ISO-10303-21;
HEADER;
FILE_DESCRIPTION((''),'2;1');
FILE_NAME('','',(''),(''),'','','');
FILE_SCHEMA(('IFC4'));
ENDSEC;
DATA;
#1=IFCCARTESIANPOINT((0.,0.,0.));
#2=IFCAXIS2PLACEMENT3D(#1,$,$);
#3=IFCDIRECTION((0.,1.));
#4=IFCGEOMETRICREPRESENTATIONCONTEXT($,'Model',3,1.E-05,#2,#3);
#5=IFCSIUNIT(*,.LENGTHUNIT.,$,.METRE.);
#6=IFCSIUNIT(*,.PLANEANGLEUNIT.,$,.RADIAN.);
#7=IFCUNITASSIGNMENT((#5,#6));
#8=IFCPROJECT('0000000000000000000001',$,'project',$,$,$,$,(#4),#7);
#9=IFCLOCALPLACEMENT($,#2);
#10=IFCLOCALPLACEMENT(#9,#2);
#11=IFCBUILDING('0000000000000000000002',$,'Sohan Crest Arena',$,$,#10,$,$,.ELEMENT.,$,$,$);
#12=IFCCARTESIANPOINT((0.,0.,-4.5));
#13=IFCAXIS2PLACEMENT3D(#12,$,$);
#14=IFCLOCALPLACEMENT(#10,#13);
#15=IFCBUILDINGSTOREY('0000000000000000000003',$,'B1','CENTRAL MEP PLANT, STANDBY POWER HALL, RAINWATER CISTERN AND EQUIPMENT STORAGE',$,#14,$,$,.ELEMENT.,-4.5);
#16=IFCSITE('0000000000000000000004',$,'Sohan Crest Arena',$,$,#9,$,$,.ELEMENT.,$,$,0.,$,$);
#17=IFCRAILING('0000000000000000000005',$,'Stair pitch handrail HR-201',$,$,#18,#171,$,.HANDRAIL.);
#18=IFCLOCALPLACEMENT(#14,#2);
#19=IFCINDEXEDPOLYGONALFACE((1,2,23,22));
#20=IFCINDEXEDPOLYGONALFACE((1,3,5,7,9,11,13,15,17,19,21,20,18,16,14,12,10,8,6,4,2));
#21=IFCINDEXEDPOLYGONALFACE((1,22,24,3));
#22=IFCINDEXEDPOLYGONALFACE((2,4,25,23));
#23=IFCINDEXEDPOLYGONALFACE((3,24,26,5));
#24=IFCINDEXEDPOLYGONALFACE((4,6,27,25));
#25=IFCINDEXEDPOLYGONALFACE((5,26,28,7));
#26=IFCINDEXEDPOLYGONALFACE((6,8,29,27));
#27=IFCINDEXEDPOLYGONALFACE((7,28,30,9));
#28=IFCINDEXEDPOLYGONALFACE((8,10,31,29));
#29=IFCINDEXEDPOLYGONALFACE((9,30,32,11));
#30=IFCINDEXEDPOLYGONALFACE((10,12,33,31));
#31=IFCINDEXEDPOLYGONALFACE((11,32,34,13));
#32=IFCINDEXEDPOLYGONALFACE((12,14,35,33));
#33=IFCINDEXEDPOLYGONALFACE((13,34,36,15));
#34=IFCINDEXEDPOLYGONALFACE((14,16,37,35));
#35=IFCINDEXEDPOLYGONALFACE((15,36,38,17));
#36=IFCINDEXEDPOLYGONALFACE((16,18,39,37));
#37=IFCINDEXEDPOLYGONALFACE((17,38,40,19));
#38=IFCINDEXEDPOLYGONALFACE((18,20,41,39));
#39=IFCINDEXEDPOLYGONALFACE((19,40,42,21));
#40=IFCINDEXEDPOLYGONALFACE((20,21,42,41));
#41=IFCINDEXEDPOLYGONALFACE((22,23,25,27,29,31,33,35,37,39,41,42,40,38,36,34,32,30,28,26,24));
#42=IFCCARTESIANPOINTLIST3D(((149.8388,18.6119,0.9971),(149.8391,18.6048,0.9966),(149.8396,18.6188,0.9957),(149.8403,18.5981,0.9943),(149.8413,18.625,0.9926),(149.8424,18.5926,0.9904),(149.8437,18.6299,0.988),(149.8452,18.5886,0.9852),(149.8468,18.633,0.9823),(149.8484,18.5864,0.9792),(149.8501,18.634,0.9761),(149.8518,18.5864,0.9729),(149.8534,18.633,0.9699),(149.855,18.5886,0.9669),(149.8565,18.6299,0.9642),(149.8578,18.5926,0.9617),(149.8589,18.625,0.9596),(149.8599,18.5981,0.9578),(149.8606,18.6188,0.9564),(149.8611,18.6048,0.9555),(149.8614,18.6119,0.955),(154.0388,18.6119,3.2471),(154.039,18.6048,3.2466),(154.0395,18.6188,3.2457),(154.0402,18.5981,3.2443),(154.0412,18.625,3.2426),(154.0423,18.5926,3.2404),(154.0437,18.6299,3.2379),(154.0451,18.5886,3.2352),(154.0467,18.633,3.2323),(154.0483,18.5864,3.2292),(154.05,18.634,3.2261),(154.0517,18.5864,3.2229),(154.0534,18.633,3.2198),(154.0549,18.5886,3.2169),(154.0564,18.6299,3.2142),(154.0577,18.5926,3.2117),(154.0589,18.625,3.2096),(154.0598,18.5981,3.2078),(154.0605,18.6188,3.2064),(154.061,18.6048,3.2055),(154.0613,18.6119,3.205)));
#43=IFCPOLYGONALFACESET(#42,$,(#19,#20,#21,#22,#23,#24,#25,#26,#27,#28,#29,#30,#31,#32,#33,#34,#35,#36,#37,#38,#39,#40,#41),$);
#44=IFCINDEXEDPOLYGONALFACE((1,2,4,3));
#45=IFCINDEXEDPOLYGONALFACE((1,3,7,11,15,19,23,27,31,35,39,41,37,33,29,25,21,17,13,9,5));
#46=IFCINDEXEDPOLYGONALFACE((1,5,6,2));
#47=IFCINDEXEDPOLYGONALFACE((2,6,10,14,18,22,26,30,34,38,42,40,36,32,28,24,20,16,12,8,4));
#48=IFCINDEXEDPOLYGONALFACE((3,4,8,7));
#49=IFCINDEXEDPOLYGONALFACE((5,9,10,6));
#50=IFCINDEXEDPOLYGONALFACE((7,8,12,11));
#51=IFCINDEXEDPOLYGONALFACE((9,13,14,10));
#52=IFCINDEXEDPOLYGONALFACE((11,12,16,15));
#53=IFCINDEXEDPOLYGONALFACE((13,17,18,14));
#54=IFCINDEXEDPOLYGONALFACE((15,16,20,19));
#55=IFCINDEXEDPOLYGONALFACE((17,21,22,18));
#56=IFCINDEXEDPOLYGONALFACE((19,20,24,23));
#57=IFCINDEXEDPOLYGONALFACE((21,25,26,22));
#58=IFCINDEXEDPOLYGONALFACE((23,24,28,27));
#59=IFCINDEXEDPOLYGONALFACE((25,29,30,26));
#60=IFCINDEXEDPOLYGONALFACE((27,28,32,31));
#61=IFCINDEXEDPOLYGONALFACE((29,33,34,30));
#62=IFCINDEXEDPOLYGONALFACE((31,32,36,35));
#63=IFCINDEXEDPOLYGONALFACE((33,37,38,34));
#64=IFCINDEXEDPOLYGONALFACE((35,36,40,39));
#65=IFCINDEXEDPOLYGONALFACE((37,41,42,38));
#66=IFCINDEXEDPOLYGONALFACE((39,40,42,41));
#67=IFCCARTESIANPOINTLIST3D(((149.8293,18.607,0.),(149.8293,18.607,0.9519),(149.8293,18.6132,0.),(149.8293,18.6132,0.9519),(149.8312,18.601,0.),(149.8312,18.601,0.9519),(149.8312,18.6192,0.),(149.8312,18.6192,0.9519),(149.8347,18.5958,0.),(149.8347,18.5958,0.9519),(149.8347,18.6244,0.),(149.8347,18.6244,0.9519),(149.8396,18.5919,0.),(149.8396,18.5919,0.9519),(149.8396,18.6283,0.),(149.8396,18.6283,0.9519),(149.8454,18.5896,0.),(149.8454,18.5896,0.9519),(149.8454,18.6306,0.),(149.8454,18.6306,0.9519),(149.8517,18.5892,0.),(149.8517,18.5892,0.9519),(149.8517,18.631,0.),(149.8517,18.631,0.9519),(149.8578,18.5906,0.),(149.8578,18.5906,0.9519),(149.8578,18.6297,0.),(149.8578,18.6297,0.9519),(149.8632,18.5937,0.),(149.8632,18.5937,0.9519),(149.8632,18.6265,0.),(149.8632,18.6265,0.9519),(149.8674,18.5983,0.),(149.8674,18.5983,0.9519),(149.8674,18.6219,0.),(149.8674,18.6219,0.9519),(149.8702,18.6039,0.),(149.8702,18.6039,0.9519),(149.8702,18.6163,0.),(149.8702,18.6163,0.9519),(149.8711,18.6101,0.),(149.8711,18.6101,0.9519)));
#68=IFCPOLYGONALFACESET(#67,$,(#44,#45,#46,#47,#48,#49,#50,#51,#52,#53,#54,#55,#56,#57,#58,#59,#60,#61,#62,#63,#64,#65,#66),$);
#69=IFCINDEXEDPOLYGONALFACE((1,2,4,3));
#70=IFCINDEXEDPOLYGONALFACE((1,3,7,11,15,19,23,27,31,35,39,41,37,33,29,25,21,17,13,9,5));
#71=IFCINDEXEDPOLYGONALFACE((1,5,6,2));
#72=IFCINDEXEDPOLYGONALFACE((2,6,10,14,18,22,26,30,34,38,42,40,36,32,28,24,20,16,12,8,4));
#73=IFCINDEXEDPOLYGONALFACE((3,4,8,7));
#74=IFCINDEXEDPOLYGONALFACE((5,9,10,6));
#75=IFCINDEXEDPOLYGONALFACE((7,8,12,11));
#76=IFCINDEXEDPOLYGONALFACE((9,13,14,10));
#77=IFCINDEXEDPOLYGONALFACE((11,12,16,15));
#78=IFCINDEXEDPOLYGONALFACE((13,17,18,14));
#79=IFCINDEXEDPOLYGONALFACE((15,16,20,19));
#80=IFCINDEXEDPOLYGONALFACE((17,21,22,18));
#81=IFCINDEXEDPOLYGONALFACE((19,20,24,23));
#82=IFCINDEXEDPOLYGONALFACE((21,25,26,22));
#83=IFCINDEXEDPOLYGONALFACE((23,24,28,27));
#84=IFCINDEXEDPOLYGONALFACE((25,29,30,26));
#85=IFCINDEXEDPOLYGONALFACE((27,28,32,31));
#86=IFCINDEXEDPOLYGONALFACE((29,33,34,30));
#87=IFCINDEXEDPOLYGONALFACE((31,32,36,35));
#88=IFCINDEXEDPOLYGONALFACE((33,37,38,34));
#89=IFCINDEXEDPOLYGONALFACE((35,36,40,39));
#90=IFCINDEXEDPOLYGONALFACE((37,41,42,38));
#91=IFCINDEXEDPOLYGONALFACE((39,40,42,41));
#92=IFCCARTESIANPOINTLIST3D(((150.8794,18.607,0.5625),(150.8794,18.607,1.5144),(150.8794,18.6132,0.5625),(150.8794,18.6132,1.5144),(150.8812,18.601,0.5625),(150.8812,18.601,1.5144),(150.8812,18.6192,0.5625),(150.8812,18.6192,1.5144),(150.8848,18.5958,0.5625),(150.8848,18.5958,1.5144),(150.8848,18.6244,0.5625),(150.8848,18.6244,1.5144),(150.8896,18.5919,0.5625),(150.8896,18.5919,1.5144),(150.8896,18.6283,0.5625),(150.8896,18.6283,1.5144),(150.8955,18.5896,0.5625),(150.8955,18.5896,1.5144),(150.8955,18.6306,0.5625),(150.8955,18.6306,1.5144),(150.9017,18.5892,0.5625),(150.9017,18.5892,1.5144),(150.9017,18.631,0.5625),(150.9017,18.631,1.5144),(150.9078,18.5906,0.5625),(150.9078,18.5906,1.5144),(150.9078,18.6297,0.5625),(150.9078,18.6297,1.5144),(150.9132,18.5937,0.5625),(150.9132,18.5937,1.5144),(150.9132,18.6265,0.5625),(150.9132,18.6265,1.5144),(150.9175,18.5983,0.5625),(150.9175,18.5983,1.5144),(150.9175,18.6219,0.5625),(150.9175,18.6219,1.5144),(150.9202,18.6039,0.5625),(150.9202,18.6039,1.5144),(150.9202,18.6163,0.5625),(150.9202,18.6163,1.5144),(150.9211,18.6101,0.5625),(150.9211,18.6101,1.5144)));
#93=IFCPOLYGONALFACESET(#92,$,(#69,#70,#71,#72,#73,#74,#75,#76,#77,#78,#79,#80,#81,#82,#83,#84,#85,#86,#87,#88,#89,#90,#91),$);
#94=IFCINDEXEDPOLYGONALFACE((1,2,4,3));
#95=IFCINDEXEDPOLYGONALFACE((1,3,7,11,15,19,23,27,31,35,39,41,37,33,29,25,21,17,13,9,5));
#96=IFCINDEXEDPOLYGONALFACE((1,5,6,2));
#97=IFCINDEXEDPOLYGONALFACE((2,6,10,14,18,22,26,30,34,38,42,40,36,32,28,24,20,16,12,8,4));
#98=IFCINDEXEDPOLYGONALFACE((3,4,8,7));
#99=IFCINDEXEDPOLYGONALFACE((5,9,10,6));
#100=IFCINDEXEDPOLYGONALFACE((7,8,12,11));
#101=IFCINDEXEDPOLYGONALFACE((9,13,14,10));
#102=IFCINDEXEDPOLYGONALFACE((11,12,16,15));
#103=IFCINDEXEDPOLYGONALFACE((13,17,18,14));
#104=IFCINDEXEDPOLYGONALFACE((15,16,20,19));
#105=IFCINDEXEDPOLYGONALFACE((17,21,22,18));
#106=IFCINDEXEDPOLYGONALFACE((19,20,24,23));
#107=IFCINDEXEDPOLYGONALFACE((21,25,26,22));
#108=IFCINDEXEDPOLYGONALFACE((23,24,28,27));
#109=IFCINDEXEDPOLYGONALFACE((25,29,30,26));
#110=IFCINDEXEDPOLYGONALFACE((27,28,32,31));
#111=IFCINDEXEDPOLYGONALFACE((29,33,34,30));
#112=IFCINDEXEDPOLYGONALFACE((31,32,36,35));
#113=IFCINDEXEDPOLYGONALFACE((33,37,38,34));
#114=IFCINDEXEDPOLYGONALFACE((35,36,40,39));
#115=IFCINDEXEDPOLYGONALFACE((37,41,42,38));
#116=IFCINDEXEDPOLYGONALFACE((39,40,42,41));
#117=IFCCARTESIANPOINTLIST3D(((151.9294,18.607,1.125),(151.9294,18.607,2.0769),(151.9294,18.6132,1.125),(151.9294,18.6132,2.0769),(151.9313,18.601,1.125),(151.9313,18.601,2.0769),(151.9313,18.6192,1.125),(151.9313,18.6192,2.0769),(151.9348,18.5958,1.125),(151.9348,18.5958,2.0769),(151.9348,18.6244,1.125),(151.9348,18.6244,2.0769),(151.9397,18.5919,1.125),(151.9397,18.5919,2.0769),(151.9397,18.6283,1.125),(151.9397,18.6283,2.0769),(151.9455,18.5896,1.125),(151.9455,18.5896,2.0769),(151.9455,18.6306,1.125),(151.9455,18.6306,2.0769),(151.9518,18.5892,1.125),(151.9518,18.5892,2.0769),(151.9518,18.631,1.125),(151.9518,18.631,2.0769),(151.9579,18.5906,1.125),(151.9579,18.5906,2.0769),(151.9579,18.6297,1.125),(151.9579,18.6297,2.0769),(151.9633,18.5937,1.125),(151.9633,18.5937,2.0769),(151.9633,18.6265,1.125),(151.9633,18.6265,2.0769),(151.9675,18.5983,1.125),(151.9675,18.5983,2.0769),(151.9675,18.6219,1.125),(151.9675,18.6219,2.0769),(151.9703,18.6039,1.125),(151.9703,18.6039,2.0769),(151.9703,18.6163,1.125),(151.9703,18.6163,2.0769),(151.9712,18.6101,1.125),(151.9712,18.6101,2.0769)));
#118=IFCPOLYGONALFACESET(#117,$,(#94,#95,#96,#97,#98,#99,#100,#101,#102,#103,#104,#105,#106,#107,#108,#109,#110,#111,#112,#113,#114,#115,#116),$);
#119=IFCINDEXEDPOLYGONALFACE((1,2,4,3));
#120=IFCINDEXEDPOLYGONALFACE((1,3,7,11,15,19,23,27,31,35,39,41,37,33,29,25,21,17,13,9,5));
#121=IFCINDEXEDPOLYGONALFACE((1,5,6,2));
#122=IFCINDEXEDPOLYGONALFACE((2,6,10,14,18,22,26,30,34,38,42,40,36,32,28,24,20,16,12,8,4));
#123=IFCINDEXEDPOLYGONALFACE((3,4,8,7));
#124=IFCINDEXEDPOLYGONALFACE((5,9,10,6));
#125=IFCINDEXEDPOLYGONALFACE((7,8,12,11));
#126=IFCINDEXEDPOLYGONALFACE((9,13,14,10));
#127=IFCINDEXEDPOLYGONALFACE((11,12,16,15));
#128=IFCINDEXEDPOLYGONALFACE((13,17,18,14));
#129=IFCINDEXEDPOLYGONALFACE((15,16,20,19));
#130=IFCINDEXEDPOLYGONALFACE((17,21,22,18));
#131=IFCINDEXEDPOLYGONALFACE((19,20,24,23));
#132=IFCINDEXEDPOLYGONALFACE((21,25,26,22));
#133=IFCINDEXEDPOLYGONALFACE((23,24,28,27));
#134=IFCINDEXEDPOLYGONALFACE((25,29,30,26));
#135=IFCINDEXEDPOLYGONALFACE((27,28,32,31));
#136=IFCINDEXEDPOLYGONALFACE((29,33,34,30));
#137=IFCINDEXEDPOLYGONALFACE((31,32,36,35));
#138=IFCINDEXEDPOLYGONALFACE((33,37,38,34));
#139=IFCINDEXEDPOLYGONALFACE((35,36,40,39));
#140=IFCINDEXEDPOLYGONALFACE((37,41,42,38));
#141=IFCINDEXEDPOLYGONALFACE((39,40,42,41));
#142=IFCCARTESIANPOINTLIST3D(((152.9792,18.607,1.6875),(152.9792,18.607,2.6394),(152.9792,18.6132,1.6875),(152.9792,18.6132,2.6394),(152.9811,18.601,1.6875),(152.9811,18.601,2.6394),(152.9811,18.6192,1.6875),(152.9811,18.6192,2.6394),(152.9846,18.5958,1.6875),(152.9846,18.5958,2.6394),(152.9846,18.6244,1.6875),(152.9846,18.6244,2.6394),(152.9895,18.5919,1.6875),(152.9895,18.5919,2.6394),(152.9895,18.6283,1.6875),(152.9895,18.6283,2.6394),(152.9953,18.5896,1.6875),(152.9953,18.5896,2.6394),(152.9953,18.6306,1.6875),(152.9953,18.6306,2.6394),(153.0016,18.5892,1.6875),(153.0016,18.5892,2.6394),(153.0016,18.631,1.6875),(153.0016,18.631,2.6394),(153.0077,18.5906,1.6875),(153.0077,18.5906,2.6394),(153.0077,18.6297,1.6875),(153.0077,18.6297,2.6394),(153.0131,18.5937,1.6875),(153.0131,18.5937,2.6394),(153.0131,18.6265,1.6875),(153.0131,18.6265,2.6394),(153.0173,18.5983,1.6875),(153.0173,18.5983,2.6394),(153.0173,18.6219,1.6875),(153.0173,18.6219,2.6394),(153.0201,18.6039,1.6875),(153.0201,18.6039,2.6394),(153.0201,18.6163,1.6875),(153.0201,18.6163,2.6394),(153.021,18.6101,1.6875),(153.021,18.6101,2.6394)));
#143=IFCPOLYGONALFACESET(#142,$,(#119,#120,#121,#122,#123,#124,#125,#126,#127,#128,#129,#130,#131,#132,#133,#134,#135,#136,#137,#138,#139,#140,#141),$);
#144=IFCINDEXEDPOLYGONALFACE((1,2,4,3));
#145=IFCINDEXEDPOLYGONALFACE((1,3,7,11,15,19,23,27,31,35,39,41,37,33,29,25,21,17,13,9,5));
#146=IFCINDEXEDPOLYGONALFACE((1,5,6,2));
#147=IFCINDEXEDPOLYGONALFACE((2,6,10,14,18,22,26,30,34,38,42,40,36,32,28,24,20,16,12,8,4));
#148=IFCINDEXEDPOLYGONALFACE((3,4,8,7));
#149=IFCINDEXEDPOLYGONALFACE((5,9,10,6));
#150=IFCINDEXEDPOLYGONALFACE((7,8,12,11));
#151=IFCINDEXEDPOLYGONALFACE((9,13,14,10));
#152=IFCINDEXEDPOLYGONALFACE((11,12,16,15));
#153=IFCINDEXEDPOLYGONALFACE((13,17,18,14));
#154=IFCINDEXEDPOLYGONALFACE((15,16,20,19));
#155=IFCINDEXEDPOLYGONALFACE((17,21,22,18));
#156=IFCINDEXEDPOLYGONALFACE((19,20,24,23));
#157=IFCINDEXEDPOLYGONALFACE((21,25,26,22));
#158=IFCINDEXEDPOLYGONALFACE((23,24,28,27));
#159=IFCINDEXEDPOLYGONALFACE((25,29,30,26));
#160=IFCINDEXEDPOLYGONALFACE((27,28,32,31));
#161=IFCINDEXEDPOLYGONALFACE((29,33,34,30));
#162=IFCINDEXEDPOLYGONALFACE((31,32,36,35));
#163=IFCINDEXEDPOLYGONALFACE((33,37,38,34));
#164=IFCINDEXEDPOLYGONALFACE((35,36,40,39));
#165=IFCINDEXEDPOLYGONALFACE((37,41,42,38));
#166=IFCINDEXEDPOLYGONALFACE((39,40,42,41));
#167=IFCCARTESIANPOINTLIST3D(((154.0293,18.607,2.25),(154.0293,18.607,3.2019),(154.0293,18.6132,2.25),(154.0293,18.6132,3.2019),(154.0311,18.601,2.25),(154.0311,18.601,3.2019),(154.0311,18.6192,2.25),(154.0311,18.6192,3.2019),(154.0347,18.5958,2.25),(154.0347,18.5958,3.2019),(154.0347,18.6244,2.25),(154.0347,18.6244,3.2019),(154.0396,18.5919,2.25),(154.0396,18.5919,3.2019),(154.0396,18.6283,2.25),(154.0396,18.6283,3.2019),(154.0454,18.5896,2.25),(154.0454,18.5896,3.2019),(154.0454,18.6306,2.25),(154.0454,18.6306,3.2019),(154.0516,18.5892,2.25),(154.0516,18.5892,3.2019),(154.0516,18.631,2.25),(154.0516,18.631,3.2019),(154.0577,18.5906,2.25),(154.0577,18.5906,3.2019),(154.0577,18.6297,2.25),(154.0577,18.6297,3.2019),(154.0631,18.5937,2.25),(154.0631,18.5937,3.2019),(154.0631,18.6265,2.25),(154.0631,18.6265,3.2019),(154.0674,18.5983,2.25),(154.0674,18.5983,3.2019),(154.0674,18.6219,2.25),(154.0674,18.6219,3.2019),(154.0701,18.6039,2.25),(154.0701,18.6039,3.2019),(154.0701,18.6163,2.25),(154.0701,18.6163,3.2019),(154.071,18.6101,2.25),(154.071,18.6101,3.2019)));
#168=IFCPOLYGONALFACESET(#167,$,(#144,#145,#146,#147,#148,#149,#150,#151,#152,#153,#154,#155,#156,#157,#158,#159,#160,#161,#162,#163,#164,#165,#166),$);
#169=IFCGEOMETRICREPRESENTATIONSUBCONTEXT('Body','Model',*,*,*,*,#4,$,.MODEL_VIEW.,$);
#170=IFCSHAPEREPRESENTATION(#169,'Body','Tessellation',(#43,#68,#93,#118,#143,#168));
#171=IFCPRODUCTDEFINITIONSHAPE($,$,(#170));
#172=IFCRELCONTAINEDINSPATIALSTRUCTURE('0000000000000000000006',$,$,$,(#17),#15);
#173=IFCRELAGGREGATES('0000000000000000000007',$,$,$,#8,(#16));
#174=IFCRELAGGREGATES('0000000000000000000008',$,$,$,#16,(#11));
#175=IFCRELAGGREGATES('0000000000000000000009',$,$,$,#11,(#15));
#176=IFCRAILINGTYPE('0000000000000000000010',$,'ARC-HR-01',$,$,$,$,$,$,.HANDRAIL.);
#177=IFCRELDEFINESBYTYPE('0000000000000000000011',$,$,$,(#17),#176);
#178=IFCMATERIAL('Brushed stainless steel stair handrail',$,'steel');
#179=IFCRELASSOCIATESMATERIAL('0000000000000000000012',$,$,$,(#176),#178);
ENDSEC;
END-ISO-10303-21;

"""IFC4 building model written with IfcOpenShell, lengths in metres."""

from ifc_helpers import new_model, si_unit, direction, frame, origin, origin_2d, place, context, subcontext, project, spatial, circle, extrude, material, type_object, element, save


model = new_model("IFC4")

# Units and contexts
model_context = context("Model", 3, precision=1e-05, world=origin(), true_north=direction((0.0, 1.0)))
body_context = subcontext(model_context, "Body", "Model", "MODEL_VIEW")
ifc_project = project(units=[si_unit("LENGTHUNIT", "METRE"), si_unit("PLANEANGLEUNIT", "RADIAN")], contexts=[model_context])

# Site, building, storey
site_placement = place(None, origin())
site = spatial("IfcSite", under=ifc_project, at=site_placement, Name="Sohan Crest Arena", CompositionType="ELEMENT", RefElevation=0.0)
building_placement = place(site_placement, origin())
building = spatial("IfcBuilding", under=site, at=building_placement, Name="Sohan Crest Arena", CompositionType="ELEMENT")
storey_placement = place(building_placement, frame((0.0, 0.0, -4.5)))
storey = spatial("IfcBuildingStorey", under=building, at=storey_placement, Name="B1", Description="CENTRAL MEP PLANT, STANDBY POWER HALL, RAINWATER CISTERN AND EQUIPMENT STORAGE", CompositionType="ELEMENT", Elevation=-4.5)

# Railing
ifc_material_1 = material(Name="Brushed stainless steel stair handrail", Category="steel")
railing_type_1 = type_object("IfcRailingType", Name="ARC-HR-01", PredefinedType="HANDRAIL", material=ifc_material_1)
for number, where, name in (
    (1, (149.8501, 18.6101, 0.0), "Stair pitch handrail HR-201"),
):
    element("IfcRailing", number, at=place(storey_placement, frame(where)), inside=storey, type_object=railing_type_1, Name=name, PredefinedType="HANDRAIL", context=body_context, shape_type="SweptSolid", body=[
        extrude(circle(Radius=0.0239, at=origin_2d()), frame((0.0, 0.0, 0.9761), z_axis=(0.881478, 0.0, 0.472226), x_axis=(0.0, 1.0, 0.0)), (0.0, 0.0, 1.0), 4.7646),
        extrude(circle(Radius=0.021, at=origin_2d()), origin(), (0.0, 0.0, 1.0), 0.9519),
        extrude(circle(Radius=0.021, at=origin_2d()), frame((1.05, 0.0, 0.5625)), (0.0, 0.0, 1.0), 0.9519),
        extrude(circle(Radius=0.021, at=origin_2d()), frame((2.1001, 0.0, 1.125)), (0.0, 0.0, 1.0), 0.9519),
        extrude(circle(Radius=0.021, at=origin_2d()), frame((3.1499, 0.0, 1.6875)), (0.0, 0.0, 1.0), 0.9519),
        extrude(circle(Radius=0.021, at=origin_2d()), frame((4.2, 0.0, 2.25)), (0.0, 0.0, 1.0), 0.9519),
    ])

save(model, "model.ifc")
